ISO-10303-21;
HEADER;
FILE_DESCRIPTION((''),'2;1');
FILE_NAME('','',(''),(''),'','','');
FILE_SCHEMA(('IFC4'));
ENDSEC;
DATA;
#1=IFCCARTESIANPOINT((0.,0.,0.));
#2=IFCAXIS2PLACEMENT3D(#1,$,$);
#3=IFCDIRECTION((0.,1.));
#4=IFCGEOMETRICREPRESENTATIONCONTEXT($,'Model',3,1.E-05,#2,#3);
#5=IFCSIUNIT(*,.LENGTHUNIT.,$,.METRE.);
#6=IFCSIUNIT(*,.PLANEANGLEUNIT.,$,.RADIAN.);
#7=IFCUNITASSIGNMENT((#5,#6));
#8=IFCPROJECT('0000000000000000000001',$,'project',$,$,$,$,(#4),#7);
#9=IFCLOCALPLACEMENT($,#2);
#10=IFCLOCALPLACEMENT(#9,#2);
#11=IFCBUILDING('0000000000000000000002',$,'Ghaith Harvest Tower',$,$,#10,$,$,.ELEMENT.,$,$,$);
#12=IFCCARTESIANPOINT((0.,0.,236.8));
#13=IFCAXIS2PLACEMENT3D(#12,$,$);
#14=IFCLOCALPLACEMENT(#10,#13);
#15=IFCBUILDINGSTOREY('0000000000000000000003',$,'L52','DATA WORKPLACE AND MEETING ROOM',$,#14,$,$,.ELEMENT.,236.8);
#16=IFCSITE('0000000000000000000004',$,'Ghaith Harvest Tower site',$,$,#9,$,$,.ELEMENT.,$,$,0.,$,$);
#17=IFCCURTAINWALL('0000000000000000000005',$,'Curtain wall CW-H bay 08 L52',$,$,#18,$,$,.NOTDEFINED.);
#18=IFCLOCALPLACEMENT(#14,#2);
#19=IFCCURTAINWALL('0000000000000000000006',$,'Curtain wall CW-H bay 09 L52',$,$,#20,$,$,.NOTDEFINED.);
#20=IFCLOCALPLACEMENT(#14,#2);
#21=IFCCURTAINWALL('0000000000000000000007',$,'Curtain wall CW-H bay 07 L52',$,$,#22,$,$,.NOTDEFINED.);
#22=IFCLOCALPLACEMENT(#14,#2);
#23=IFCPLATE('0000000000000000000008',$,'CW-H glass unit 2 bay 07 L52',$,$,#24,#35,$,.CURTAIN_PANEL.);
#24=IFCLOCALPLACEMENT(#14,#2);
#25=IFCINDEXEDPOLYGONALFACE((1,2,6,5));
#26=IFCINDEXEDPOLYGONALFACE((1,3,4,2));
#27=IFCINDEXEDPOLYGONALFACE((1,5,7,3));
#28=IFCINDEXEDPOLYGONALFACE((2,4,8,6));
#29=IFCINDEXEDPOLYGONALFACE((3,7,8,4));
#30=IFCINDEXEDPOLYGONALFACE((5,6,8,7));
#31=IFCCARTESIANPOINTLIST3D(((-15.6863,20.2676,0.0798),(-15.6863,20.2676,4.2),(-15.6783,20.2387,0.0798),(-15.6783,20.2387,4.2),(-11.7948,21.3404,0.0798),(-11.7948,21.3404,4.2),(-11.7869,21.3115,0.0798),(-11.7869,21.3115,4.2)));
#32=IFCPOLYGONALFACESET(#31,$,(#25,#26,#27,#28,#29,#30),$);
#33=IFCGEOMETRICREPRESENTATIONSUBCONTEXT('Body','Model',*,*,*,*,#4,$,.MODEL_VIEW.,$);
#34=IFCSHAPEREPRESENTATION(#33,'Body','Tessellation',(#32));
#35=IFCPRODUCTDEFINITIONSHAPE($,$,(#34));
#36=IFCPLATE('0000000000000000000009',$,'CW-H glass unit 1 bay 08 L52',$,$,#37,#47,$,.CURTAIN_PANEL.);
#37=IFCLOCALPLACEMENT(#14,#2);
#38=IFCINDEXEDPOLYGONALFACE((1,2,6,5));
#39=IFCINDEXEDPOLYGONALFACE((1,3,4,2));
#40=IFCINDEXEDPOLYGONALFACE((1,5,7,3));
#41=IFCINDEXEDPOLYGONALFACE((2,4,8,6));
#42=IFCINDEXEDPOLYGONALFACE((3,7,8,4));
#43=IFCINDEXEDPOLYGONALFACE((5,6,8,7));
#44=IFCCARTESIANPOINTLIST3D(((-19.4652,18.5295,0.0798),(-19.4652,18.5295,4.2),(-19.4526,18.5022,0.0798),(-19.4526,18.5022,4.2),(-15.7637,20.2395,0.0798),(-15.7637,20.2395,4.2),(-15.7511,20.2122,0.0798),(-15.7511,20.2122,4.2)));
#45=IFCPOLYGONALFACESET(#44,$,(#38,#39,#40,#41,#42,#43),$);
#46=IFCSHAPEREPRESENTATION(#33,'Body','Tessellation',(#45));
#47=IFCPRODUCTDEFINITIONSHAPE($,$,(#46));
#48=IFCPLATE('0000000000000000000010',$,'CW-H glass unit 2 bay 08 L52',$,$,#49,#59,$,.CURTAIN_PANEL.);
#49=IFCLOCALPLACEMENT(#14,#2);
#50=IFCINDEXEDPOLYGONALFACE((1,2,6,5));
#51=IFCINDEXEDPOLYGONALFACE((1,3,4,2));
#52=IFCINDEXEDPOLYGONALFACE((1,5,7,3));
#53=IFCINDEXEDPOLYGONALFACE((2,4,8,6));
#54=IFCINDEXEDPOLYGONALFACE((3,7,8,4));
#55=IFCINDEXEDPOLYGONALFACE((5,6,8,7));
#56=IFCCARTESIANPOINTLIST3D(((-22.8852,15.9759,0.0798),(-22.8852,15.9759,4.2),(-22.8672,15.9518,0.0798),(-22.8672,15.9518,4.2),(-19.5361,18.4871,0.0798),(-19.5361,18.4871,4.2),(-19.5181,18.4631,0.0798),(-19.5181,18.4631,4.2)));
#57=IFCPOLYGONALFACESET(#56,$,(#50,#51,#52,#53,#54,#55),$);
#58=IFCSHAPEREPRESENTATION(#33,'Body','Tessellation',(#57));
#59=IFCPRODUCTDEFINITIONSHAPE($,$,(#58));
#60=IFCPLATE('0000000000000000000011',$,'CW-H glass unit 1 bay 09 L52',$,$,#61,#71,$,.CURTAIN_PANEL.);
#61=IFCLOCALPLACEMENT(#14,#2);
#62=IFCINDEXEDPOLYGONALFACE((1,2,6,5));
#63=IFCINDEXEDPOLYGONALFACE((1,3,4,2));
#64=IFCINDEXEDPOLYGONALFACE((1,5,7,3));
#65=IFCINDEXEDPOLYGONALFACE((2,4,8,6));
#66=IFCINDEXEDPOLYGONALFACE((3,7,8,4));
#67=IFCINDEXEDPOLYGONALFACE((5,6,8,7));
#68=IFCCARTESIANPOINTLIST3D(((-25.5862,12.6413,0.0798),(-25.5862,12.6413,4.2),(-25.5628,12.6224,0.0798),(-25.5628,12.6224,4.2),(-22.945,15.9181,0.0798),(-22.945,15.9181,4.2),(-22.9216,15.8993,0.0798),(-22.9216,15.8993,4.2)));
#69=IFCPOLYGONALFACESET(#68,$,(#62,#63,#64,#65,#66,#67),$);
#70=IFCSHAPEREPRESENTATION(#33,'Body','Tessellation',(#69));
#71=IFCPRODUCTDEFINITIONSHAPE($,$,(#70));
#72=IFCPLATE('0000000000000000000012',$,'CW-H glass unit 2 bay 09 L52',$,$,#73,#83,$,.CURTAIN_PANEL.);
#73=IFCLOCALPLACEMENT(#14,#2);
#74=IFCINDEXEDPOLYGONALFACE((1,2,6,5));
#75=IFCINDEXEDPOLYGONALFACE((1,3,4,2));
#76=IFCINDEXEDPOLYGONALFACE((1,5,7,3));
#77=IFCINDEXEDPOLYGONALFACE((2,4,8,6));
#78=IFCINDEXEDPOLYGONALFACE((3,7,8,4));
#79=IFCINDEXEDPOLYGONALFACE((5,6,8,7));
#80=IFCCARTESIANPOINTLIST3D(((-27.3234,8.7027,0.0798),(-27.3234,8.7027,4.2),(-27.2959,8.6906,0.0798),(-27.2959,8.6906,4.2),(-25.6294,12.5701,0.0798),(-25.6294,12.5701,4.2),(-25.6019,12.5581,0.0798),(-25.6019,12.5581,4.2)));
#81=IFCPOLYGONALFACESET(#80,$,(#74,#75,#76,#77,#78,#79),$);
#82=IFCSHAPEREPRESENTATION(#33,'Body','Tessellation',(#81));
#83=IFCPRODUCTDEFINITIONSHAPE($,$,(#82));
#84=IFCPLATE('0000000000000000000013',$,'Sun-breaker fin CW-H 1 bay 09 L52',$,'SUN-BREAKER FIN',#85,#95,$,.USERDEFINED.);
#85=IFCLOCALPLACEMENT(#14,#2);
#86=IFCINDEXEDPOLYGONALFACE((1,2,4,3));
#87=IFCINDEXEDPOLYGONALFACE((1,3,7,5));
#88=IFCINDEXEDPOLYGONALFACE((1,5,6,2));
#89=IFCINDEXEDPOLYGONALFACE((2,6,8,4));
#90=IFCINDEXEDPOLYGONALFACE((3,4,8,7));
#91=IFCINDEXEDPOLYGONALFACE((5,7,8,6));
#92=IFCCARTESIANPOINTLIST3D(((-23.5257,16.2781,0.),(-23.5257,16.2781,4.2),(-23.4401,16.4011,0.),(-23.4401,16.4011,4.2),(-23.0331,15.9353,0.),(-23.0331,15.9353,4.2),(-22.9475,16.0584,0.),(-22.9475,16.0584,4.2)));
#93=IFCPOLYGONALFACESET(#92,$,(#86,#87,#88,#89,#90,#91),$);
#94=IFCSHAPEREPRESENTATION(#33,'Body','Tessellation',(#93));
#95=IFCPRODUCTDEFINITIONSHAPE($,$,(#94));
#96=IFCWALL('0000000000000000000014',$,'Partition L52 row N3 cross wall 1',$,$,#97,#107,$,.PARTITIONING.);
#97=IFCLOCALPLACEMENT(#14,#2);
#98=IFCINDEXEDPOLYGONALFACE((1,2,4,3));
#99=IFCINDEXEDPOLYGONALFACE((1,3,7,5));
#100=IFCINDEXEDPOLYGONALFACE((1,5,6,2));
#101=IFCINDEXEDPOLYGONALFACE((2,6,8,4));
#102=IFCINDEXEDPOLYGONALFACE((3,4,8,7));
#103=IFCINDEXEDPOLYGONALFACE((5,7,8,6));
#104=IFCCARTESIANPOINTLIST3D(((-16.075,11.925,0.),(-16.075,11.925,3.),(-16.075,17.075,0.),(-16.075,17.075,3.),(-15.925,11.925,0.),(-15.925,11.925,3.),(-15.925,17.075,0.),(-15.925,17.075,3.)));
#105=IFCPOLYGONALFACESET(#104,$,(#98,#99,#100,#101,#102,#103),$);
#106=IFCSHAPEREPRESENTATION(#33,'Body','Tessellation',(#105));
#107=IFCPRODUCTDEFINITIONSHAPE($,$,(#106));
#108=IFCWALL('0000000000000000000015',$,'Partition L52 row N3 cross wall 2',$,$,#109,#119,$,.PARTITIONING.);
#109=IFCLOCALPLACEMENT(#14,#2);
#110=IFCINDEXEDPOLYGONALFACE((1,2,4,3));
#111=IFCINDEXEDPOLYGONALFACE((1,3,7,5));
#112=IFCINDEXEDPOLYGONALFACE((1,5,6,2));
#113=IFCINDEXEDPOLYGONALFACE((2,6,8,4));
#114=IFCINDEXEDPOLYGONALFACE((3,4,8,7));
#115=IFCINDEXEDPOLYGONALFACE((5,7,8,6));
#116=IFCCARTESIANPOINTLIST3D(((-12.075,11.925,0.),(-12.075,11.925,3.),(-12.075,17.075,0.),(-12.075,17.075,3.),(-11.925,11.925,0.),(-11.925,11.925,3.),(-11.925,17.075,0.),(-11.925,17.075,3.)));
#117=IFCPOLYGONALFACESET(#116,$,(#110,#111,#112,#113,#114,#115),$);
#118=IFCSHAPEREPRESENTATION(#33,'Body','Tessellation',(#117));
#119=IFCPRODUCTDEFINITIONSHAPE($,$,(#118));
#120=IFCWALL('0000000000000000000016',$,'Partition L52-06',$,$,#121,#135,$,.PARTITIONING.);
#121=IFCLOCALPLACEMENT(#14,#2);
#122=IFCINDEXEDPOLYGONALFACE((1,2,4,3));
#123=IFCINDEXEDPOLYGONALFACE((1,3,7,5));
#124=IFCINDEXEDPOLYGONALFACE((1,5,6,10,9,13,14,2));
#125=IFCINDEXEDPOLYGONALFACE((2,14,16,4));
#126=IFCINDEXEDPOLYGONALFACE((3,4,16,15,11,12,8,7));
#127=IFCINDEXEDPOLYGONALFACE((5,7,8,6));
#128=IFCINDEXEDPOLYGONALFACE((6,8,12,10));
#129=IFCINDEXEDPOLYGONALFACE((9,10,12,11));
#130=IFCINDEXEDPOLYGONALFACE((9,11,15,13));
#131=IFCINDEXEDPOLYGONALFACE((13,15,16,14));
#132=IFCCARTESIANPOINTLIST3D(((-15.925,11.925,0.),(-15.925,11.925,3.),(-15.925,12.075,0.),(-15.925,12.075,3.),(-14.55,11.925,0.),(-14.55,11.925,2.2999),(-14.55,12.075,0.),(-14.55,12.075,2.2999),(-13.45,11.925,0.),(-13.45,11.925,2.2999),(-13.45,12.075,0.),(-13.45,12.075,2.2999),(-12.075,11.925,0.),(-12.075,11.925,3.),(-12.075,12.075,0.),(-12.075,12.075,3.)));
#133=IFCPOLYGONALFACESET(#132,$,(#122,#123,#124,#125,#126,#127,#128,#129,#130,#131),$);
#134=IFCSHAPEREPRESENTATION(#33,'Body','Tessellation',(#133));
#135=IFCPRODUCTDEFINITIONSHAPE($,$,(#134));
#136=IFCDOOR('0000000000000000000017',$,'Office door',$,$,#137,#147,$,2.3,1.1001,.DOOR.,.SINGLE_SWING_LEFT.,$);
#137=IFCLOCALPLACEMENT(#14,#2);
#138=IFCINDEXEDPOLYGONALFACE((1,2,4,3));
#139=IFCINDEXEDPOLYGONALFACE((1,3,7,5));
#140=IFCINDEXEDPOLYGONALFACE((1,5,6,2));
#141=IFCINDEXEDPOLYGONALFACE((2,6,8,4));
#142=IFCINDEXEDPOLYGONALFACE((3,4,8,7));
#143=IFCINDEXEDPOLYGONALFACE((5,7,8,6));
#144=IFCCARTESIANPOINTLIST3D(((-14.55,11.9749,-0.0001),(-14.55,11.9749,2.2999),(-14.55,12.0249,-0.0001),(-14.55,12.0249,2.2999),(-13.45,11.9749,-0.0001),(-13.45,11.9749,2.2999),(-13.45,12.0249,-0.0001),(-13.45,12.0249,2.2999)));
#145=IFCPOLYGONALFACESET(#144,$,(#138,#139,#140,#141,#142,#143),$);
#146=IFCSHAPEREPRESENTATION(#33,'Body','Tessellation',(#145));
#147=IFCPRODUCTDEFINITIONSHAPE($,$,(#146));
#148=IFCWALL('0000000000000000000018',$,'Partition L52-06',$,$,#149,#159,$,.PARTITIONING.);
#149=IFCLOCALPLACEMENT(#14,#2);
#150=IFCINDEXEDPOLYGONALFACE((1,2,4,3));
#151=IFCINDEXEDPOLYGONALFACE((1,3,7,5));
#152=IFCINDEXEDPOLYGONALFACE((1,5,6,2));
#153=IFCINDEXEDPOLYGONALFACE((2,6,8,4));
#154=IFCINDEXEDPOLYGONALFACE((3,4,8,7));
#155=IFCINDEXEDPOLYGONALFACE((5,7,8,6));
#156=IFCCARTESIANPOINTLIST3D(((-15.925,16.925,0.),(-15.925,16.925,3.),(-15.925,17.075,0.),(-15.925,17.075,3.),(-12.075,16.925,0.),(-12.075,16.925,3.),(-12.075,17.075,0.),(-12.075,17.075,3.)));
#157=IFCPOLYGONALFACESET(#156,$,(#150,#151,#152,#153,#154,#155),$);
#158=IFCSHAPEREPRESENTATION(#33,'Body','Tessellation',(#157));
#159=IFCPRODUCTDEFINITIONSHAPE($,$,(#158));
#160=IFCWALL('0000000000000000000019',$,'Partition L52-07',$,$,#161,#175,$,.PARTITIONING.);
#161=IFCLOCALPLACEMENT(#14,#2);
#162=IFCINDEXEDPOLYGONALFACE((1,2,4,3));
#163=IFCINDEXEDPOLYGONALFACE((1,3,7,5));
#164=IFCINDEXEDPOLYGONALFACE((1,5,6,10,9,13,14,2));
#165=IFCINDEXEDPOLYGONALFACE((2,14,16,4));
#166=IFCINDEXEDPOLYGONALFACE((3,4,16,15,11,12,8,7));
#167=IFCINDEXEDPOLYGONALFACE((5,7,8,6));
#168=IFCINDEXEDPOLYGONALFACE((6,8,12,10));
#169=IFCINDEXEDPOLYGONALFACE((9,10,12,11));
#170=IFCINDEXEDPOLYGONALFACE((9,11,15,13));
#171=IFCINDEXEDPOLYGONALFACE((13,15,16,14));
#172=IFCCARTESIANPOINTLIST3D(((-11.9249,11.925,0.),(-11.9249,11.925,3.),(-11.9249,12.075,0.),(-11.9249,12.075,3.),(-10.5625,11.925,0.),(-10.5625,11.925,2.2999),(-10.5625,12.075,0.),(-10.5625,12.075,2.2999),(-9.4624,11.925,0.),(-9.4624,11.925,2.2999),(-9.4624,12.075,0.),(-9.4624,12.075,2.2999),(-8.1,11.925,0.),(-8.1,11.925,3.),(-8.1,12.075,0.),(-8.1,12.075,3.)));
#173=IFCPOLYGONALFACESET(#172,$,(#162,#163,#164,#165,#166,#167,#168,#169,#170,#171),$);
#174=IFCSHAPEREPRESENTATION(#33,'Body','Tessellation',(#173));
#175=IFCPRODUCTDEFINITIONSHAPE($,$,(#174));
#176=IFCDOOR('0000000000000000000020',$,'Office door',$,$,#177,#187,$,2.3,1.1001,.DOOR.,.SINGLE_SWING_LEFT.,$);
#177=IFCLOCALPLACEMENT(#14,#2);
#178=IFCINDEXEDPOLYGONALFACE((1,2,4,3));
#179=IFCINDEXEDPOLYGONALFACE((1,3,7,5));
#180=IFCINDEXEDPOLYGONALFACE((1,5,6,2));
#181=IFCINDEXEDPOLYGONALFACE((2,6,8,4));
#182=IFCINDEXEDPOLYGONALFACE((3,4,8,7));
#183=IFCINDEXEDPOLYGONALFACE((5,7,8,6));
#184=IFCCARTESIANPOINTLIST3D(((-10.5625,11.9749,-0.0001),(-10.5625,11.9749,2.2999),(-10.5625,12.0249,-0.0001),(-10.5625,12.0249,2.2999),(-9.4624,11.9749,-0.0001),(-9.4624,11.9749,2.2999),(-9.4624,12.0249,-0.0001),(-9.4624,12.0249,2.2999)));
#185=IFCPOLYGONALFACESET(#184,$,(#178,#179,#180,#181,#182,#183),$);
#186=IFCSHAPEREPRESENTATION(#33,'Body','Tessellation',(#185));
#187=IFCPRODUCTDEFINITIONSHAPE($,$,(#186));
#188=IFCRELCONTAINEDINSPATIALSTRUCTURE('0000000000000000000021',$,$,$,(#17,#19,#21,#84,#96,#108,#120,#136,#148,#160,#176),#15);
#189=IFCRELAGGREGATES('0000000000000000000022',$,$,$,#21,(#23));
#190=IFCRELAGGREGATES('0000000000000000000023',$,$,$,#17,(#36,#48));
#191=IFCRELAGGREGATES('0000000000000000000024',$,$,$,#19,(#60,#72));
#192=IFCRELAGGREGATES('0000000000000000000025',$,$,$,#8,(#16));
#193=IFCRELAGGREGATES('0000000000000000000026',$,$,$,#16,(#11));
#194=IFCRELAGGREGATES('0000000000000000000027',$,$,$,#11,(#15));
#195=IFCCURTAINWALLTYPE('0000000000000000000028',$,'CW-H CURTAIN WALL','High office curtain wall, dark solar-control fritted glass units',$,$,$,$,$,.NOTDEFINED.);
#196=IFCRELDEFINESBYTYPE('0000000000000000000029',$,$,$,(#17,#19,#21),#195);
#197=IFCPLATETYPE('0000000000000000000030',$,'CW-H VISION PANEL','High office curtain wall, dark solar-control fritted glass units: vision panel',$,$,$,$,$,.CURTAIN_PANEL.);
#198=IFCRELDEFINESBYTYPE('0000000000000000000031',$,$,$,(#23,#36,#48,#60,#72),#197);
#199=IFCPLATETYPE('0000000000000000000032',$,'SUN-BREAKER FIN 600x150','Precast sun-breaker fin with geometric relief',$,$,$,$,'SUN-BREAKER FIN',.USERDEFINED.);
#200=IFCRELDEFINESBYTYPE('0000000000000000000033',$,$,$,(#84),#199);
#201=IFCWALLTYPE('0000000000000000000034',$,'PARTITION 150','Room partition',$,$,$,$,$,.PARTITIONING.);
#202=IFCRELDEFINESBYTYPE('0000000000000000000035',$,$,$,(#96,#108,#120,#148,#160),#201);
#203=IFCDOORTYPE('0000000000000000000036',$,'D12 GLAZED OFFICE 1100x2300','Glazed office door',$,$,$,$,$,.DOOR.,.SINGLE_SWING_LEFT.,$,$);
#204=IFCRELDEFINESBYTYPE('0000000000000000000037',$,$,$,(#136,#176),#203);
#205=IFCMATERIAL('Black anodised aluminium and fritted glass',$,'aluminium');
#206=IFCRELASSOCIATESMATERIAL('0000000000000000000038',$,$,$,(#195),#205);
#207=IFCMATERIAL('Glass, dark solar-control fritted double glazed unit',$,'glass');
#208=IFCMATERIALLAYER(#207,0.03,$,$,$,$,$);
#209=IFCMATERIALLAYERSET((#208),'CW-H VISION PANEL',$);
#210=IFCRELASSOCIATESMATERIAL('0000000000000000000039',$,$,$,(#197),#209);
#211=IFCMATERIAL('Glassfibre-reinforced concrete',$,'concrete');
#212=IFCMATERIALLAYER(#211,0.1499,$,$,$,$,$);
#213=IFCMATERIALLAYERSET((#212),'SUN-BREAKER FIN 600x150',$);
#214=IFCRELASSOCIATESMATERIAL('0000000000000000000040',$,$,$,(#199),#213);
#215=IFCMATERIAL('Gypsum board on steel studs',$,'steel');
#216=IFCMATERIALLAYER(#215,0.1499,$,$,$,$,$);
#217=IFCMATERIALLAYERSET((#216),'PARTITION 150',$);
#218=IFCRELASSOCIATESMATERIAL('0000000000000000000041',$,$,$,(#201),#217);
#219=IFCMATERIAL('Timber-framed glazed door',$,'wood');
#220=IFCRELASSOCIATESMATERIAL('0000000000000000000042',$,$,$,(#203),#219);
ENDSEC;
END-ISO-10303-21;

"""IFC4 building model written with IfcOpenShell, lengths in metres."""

from ifc_helpers import new_model, si_unit, direction, frame, frame_2d, origin, origin_2d, place, context, subcontext, project, spatial, rectangle, extrude, material, layer, layer_set, type_object, element, fill, aggregate, save


model = new_model("IFC4")

# Units and contexts
model_context = context("Model", 3, precision=1e-05, world=origin(), true_north=direction((0.0, 1.0)))
body_context = subcontext(model_context, "Body", "Model", "MODEL_VIEW")
ifc_project = project(units=[si_unit("LENGTHUNIT", "METRE"), si_unit("PLANEANGLEUNIT", "RADIAN")], contexts=[model_context])

# Site, building, storey
site_placement = place(None, origin())
site = spatial("IfcSite", under=ifc_project, at=site_placement, Name="Ghaith Harvest Tower site", CompositionType="ELEMENT", RefElevation=0.0)
building_placement = place(site_placement, origin())
building = spatial("IfcBuilding", under=site, at=building_placement, Name="Ghaith Harvest Tower", CompositionType="ELEMENT")
storey_placement = place(building_placement, frame((0.0, 0.0, 236.8)))
storey = spatial("IfcBuildingStorey", under=building, at=storey_placement, Name="L52", Description="DATA WORKPLACE AND MEETING ROOM", CompositionType="ELEMENT", Elevation=236.8)

# Curtain walls
ifc_material_1 = material(Name="Black anodised aluminium and fritted glass", Category="aluminium")
curtain_wall_type = type_object("IfcCurtainWallType", Name="CW-H CURTAIN WALL", Description="High office curtain wall, dark solar-control fritted glass units", PredefinedType="NOTDEFINED", material=ifc_material_1)
curtain_wall_1_placement = place(storey_placement, origin())
curtain_wall_1 = element("IfcCurtainWall", 1, at=curtain_wall_1_placement, inside=storey, type_object=curtain_wall_type, Name="Curtain wall CW-H bay 08 L52", PredefinedType="NOTDEFINED")
curtain_wall_2_placement = place(storey_placement, origin())
curtain_wall_2 = element("IfcCurtainWall", 2, at=curtain_wall_2_placement, inside=storey, type_object=curtain_wall_type, Name="Curtain wall CW-H bay 09 L52", PredefinedType="NOTDEFINED")

# Curtain wall, plate
curtain_wall_3_placement = place(storey_placement, origin())
curtain_wall_3 = element("IfcCurtainWall", 3, at=curtain_wall_3_placement, inside=storey, type_object=curtain_wall_type, Name="Curtain wall CW-H bay 07 L52", PredefinedType="NOTDEFINED")
ifc_material_2 = material(Name="Glass, dark solar-control fritted double glazed unit", Category="glass")
ifc_layer_1 = layer(ifc_material_2, 0.03)
ifc_layer_set_1 = layer_set([ifc_layer_1], Name="CW-H VISION PANEL")
plate_type_1 = type_object("IfcPlateType", Name="CW-H VISION PANEL", Description="High office curtain wall, dark solar-control fritted glass units: vision panel", PredefinedType="CURTAIN_PANEL", material=ifc_layer_set_1)
plate_1_placement = place(storey_placement, frame((-13.7366, 20.7896, 0.0798), z_axis=(0.0, 0.0, 1.0), x_axis=(-0.964034, -0.265779, 0.0)))
plate_1 = element("IfcPlate", 4, at=plate_1_placement, type_object=plate_type_1, Name="CW-H glass unit 2 bay 07 L52", PredefinedType="CURTAIN_PANEL", context=body_context, shape_type="SweptSolid", body=[
    extrude(rectangle(XDim=4.0366, YDim=0.03, at=origin_2d()), origin(), (0.0, 0.0, 1.0), 4.1201),
])
aggregate(curtain_wall_3, [plate_1])

# Plates
plate_2_placement = place(storey_placement, frame((-17.6082, 19.3708, 0.0798), z_axis=(0.0, 0.0, 1.0), x_axis=(-0.907814, -0.419372, 0.0)))
plate_2 = element("IfcPlate", 5, at=plate_2_placement, type_object=plate_type_1, Name="CW-H glass unit 1 bay 08 L52", PredefinedType="CURTAIN_PANEL", context=body_context, shape_type="SweptSolid", body=[
    extrude(rectangle(XDim=4.0774, YDim=0.03, at=origin_2d()), origin(), (0.0, 0.0, 1.0), 4.1201),
])
plate_3_placement = place(storey_placement, frame((-21.2017, 17.2195, 0.0798), z_axis=(0.0, 0.0, 1.0), x_axis=(-0.800067, -0.599911, 0.0)))
plate_3 = element("IfcPlate", 6, at=plate_3_placement, type_object=plate_type_1, Name="CW-H glass unit 2 bay 08 L52", PredefinedType="CURTAIN_PANEL", context=body_context, shape_type="SweptSolid", body=[
    extrude(rectangle(XDim=4.186, YDim=0.03, at=origin_2d()), origin(), (0.0, 0.0, 1.0), 4.1201),
])
aggregate(curtain_wall_1, [plate_2, plate_3])
plate_4_placement = place(storey_placement, frame((-24.2539, 14.2703, 0.0798), z_axis=(0.0, 0.0, 1.0), x_axis=(-0.627548, -0.778578, 0.0)))
plate_4 = element("IfcPlate", 7, at=plate_4_placement, type_object=plate_type_1, Name="CW-H glass unit 1 bay 09 L52", PredefinedType="CURTAIN_PANEL", context=body_context, shape_type="SweptSolid", body=[
    extrude(rectangle(XDim=4.2087, YDim=0.03, at=origin_2d()), origin(), (0.0, 0.0, 1.0), 4.1201),
])
plate_5_placement = place(storey_placement, frame((-26.4626, 10.6304, 0.0798), z_axis=(0.0, 0.0, 1.0), x_axis=(-0.401213, -0.915985, 0.0)))
plate_5 = element("IfcPlate", 8, at=plate_5_placement, type_object=plate_type_1, Name="CW-H glass unit 2 bay 09 L52", PredefinedType="CURTAIN_PANEL", context=body_context, shape_type="SweptSolid", body=[
    extrude(rectangle(XDim=4.2222, YDim=0.03, at=origin_2d()), origin(), (0.0, 0.0, 1.0), 4.1201),
])
aggregate(curtain_wall_2, [plate_4, plate_5])
ifc_material_3 = material(Name="Glassfibre-reinforced concrete", Category="concrete")
ifc_layer_2 = layer(ifc_material_3, 0.1499)
ifc_layer_set_2 = layer_set([ifc_layer_2], Name="SUN-BREAKER FIN 600x150")
plate_type_2 = type_object("IfcPlateType", Name="SUN-BREAKER FIN 600x150", Description="Precast sun-breaker fin with geometric relief", ElementType="SUN-BREAKER FIN", PredefinedType="USERDEFINED", material=ifc_layer_set_2)
plate_6_placement = place(storey_placement, frame((-23.2366, 16.1682, 0.0), z_axis=(0.0, 0.0, 1.0), x_axis=(-0.820845, 0.57115, 0.0)))
element("IfcPlate", 9, at=plate_6_placement, inside=storey, type_object=plate_type_2, Name="Sun-breaker fin CW-H 1 bay 09 L52", ObjectType="SUN-BREAKER FIN", PredefinedType="USERDEFINED", context=body_context, shape_type="SweptSolid", body=[
    extrude(rectangle(XDim=0.6001, YDim=0.1499, at=origin_2d()), origin(), (0.0, 0.0, 1.0), 4.2),
])

# Walls
ifc_material_4 = material(Name="Gypsum board on steel studs", Category="steel")
ifc_layer_3 = layer(ifc_material_4, 0.1499)
ifc_layer_set_3 = layer_set([ifc_layer_3], Name="PARTITION 150")
wall_type = type_object("IfcWallType", Name="PARTITION 150", Description="Room partition", PredefinedType="PARTITIONING", material=ifc_layer_set_3)
for number, where, z_axis, x_axis, name in (
    (10, (-16.0, 11.925, 0.0), (0.0, 0.0, 1.0), (0.0, 1.0, 0.0), "Partition L52 row N3 cross wall 1"),
    (11, (-12.0, 11.925, 0.0), (0.0, 0.0, 1.0), (0.0, 1.0, 0.0), "Partition L52 row N3 cross wall 2"),
):
    element("IfcWall", number, at=place(storey_placement, frame(where, z_axis=z_axis, x_axis=x_axis)), inside=storey, type_object=wall_type, Name=name, PredefinedType="PARTITIONING", context=body_context, shape_type="SweptSolid", body=[
        extrude(rectangle(XDim=5.1499, YDim=0.1499, at=frame_2d((2.575, 0.0))), origin(), (0.0, 0.0, 1.0), 3.0),
    ])

# Wall, opening, door
wall_1_placement = place(storey_placement, frame((-15.925, 12.0, 0.0), z_axis=(0.0, 0.0, 1.0), x_axis=(1.0, 0.0, 0.0)))
wall_1 = element("IfcWall", 12, at=wall_1_placement, inside=storey, type_object=wall_type, Name="Partition L52-06", PredefinedType="PARTITIONING", context=body_context, shape_type="SweptSolid", body=[
    extrude(rectangle(XDim=3.8501, YDim=0.1499, at=frame_2d((1.925, 0.0))), origin(), (0.0, 0.0, 1.0), 3.0),
])
opening_1_placement = place(wall_1_placement, frame((1.375, 0.0, 0.0)))
opening_1 = element("IfcOpeningElement", 13, at=opening_1_placement, cuts=wall_1, PredefinedType="OPENING", context=body_context, shape_type="SweptSolid", body=[
    extrude(rectangle(XDim=1.1001, YDim=2.3, at=frame_2d((0.55, 1.1499))), frame((0.0, 0.085, 0.0), z_axis=(0.0, -1.0, 0.0), x_axis=(1.0, 0.0, 0.0)), (0.0, 0.0, 1.0), 0.1699),
])
ifc_material_5 = material(Name="Timber-framed glazed door", Category="wood")
door_type = type_object("IfcDoorType", Name="D12 GLAZED OFFICE 1100x2300", Description="Glazed office door", OperationType="SINGLE_SWING_LEFT", PredefinedType="DOOR", material=ifc_material_5)
door_1_placement = place(opening_1_placement, origin())
door_1 = element("IfcDoor", 14, at=door_1_placement, inside=storey, type_object=door_type, Name="Office door", OperationType="SINGLE_SWING_LEFT", OverallHeight=2.3, OverallWidth=1.1001, PredefinedType="DOOR", context=body_context, shape_type="SweptSolid", body=[
    extrude(rectangle(XDim=1.1001, YDim=2.3, at=frame_2d((0.55, 1.1499))), frame((0.0, 0.0249, 0.0), z_axis=(0.0, -1.0, 0.0), x_axis=(1.0, 0.0, 0.0)), (0.0, 0.0, 1.0), 0.05),
])
fill(opening_1, door_1)

# Wall
wall_2_placement = place(storey_placement, frame((-15.925, 17.0, 0.0), z_axis=(0.0, 0.0, 1.0), x_axis=(1.0, 0.0, 0.0)))
element("IfcWall", 15, at=wall_2_placement, inside=storey, type_object=wall_type, Name="Partition L52-06", PredefinedType="PARTITIONING", context=body_context, shape_type="SweptSolid", body=[
    extrude(rectangle(XDim=3.8501, YDim=0.1499, at=frame_2d((1.925, 0.0))), origin(), (0.0, 0.0, 1.0), 3.0),
])

# Wall, opening, door
wall_3_placement = place(storey_placement, frame((-11.925, 12.0, 0.0), z_axis=(0.0, 0.0, 1.0), x_axis=(1.0, 0.0, 0.0)))
wall_3 = element("IfcWall", 16, at=wall_3_placement, inside=storey, type_object=wall_type, Name="Partition L52-07", PredefinedType="PARTITIONING", context=body_context, shape_type="SweptSolid", body=[
    extrude(rectangle(XDim=3.825, YDim=0.1499, at=frame_2d((1.9126, 0.0))), origin(), (0.0, 0.0, 1.0), 3.0),
])
opening_2_placement = place(wall_3_placement, frame((1.3625, 0.0, 0.0)))
opening_2 = element("IfcOpeningElement", 17, at=opening_2_placement, cuts=wall_3, PredefinedType="OPENING", context=body_context, shape_type="SweptSolid", body=[
    extrude(rectangle(XDim=1.1001, YDim=2.3, at=frame_2d((0.55, 1.1499))), frame((0.0, 0.085, 0.0), z_axis=(0.0, -1.0, 0.0), x_axis=(1.0, 0.0, 0.0)), (0.0, 0.0, 1.0), 0.1699),
])
door_2_placement = place(opening_2_placement, origin())
door_2 = element("IfcDoor", 18, at=door_2_placement, inside=storey, type_object=door_type, Name="Office door", OperationType="SINGLE_SWING_LEFT", OverallHeight=2.3, OverallWidth=1.1001, PredefinedType="DOOR", context=body_context, shape_type="SweptSolid", body=[
    extrude(rectangle(XDim=1.1001, YDim=2.3, at=frame_2d((0.55, 1.1499))), frame((0.0, 0.0249, 0.0), z_axis=(0.0, -1.0, 0.0), x_axis=(1.0, 0.0, 0.0)), (0.0, 0.0, 1.0), 0.05),
])
fill(opening_2, door_2)

save(model, "model.ifc")
